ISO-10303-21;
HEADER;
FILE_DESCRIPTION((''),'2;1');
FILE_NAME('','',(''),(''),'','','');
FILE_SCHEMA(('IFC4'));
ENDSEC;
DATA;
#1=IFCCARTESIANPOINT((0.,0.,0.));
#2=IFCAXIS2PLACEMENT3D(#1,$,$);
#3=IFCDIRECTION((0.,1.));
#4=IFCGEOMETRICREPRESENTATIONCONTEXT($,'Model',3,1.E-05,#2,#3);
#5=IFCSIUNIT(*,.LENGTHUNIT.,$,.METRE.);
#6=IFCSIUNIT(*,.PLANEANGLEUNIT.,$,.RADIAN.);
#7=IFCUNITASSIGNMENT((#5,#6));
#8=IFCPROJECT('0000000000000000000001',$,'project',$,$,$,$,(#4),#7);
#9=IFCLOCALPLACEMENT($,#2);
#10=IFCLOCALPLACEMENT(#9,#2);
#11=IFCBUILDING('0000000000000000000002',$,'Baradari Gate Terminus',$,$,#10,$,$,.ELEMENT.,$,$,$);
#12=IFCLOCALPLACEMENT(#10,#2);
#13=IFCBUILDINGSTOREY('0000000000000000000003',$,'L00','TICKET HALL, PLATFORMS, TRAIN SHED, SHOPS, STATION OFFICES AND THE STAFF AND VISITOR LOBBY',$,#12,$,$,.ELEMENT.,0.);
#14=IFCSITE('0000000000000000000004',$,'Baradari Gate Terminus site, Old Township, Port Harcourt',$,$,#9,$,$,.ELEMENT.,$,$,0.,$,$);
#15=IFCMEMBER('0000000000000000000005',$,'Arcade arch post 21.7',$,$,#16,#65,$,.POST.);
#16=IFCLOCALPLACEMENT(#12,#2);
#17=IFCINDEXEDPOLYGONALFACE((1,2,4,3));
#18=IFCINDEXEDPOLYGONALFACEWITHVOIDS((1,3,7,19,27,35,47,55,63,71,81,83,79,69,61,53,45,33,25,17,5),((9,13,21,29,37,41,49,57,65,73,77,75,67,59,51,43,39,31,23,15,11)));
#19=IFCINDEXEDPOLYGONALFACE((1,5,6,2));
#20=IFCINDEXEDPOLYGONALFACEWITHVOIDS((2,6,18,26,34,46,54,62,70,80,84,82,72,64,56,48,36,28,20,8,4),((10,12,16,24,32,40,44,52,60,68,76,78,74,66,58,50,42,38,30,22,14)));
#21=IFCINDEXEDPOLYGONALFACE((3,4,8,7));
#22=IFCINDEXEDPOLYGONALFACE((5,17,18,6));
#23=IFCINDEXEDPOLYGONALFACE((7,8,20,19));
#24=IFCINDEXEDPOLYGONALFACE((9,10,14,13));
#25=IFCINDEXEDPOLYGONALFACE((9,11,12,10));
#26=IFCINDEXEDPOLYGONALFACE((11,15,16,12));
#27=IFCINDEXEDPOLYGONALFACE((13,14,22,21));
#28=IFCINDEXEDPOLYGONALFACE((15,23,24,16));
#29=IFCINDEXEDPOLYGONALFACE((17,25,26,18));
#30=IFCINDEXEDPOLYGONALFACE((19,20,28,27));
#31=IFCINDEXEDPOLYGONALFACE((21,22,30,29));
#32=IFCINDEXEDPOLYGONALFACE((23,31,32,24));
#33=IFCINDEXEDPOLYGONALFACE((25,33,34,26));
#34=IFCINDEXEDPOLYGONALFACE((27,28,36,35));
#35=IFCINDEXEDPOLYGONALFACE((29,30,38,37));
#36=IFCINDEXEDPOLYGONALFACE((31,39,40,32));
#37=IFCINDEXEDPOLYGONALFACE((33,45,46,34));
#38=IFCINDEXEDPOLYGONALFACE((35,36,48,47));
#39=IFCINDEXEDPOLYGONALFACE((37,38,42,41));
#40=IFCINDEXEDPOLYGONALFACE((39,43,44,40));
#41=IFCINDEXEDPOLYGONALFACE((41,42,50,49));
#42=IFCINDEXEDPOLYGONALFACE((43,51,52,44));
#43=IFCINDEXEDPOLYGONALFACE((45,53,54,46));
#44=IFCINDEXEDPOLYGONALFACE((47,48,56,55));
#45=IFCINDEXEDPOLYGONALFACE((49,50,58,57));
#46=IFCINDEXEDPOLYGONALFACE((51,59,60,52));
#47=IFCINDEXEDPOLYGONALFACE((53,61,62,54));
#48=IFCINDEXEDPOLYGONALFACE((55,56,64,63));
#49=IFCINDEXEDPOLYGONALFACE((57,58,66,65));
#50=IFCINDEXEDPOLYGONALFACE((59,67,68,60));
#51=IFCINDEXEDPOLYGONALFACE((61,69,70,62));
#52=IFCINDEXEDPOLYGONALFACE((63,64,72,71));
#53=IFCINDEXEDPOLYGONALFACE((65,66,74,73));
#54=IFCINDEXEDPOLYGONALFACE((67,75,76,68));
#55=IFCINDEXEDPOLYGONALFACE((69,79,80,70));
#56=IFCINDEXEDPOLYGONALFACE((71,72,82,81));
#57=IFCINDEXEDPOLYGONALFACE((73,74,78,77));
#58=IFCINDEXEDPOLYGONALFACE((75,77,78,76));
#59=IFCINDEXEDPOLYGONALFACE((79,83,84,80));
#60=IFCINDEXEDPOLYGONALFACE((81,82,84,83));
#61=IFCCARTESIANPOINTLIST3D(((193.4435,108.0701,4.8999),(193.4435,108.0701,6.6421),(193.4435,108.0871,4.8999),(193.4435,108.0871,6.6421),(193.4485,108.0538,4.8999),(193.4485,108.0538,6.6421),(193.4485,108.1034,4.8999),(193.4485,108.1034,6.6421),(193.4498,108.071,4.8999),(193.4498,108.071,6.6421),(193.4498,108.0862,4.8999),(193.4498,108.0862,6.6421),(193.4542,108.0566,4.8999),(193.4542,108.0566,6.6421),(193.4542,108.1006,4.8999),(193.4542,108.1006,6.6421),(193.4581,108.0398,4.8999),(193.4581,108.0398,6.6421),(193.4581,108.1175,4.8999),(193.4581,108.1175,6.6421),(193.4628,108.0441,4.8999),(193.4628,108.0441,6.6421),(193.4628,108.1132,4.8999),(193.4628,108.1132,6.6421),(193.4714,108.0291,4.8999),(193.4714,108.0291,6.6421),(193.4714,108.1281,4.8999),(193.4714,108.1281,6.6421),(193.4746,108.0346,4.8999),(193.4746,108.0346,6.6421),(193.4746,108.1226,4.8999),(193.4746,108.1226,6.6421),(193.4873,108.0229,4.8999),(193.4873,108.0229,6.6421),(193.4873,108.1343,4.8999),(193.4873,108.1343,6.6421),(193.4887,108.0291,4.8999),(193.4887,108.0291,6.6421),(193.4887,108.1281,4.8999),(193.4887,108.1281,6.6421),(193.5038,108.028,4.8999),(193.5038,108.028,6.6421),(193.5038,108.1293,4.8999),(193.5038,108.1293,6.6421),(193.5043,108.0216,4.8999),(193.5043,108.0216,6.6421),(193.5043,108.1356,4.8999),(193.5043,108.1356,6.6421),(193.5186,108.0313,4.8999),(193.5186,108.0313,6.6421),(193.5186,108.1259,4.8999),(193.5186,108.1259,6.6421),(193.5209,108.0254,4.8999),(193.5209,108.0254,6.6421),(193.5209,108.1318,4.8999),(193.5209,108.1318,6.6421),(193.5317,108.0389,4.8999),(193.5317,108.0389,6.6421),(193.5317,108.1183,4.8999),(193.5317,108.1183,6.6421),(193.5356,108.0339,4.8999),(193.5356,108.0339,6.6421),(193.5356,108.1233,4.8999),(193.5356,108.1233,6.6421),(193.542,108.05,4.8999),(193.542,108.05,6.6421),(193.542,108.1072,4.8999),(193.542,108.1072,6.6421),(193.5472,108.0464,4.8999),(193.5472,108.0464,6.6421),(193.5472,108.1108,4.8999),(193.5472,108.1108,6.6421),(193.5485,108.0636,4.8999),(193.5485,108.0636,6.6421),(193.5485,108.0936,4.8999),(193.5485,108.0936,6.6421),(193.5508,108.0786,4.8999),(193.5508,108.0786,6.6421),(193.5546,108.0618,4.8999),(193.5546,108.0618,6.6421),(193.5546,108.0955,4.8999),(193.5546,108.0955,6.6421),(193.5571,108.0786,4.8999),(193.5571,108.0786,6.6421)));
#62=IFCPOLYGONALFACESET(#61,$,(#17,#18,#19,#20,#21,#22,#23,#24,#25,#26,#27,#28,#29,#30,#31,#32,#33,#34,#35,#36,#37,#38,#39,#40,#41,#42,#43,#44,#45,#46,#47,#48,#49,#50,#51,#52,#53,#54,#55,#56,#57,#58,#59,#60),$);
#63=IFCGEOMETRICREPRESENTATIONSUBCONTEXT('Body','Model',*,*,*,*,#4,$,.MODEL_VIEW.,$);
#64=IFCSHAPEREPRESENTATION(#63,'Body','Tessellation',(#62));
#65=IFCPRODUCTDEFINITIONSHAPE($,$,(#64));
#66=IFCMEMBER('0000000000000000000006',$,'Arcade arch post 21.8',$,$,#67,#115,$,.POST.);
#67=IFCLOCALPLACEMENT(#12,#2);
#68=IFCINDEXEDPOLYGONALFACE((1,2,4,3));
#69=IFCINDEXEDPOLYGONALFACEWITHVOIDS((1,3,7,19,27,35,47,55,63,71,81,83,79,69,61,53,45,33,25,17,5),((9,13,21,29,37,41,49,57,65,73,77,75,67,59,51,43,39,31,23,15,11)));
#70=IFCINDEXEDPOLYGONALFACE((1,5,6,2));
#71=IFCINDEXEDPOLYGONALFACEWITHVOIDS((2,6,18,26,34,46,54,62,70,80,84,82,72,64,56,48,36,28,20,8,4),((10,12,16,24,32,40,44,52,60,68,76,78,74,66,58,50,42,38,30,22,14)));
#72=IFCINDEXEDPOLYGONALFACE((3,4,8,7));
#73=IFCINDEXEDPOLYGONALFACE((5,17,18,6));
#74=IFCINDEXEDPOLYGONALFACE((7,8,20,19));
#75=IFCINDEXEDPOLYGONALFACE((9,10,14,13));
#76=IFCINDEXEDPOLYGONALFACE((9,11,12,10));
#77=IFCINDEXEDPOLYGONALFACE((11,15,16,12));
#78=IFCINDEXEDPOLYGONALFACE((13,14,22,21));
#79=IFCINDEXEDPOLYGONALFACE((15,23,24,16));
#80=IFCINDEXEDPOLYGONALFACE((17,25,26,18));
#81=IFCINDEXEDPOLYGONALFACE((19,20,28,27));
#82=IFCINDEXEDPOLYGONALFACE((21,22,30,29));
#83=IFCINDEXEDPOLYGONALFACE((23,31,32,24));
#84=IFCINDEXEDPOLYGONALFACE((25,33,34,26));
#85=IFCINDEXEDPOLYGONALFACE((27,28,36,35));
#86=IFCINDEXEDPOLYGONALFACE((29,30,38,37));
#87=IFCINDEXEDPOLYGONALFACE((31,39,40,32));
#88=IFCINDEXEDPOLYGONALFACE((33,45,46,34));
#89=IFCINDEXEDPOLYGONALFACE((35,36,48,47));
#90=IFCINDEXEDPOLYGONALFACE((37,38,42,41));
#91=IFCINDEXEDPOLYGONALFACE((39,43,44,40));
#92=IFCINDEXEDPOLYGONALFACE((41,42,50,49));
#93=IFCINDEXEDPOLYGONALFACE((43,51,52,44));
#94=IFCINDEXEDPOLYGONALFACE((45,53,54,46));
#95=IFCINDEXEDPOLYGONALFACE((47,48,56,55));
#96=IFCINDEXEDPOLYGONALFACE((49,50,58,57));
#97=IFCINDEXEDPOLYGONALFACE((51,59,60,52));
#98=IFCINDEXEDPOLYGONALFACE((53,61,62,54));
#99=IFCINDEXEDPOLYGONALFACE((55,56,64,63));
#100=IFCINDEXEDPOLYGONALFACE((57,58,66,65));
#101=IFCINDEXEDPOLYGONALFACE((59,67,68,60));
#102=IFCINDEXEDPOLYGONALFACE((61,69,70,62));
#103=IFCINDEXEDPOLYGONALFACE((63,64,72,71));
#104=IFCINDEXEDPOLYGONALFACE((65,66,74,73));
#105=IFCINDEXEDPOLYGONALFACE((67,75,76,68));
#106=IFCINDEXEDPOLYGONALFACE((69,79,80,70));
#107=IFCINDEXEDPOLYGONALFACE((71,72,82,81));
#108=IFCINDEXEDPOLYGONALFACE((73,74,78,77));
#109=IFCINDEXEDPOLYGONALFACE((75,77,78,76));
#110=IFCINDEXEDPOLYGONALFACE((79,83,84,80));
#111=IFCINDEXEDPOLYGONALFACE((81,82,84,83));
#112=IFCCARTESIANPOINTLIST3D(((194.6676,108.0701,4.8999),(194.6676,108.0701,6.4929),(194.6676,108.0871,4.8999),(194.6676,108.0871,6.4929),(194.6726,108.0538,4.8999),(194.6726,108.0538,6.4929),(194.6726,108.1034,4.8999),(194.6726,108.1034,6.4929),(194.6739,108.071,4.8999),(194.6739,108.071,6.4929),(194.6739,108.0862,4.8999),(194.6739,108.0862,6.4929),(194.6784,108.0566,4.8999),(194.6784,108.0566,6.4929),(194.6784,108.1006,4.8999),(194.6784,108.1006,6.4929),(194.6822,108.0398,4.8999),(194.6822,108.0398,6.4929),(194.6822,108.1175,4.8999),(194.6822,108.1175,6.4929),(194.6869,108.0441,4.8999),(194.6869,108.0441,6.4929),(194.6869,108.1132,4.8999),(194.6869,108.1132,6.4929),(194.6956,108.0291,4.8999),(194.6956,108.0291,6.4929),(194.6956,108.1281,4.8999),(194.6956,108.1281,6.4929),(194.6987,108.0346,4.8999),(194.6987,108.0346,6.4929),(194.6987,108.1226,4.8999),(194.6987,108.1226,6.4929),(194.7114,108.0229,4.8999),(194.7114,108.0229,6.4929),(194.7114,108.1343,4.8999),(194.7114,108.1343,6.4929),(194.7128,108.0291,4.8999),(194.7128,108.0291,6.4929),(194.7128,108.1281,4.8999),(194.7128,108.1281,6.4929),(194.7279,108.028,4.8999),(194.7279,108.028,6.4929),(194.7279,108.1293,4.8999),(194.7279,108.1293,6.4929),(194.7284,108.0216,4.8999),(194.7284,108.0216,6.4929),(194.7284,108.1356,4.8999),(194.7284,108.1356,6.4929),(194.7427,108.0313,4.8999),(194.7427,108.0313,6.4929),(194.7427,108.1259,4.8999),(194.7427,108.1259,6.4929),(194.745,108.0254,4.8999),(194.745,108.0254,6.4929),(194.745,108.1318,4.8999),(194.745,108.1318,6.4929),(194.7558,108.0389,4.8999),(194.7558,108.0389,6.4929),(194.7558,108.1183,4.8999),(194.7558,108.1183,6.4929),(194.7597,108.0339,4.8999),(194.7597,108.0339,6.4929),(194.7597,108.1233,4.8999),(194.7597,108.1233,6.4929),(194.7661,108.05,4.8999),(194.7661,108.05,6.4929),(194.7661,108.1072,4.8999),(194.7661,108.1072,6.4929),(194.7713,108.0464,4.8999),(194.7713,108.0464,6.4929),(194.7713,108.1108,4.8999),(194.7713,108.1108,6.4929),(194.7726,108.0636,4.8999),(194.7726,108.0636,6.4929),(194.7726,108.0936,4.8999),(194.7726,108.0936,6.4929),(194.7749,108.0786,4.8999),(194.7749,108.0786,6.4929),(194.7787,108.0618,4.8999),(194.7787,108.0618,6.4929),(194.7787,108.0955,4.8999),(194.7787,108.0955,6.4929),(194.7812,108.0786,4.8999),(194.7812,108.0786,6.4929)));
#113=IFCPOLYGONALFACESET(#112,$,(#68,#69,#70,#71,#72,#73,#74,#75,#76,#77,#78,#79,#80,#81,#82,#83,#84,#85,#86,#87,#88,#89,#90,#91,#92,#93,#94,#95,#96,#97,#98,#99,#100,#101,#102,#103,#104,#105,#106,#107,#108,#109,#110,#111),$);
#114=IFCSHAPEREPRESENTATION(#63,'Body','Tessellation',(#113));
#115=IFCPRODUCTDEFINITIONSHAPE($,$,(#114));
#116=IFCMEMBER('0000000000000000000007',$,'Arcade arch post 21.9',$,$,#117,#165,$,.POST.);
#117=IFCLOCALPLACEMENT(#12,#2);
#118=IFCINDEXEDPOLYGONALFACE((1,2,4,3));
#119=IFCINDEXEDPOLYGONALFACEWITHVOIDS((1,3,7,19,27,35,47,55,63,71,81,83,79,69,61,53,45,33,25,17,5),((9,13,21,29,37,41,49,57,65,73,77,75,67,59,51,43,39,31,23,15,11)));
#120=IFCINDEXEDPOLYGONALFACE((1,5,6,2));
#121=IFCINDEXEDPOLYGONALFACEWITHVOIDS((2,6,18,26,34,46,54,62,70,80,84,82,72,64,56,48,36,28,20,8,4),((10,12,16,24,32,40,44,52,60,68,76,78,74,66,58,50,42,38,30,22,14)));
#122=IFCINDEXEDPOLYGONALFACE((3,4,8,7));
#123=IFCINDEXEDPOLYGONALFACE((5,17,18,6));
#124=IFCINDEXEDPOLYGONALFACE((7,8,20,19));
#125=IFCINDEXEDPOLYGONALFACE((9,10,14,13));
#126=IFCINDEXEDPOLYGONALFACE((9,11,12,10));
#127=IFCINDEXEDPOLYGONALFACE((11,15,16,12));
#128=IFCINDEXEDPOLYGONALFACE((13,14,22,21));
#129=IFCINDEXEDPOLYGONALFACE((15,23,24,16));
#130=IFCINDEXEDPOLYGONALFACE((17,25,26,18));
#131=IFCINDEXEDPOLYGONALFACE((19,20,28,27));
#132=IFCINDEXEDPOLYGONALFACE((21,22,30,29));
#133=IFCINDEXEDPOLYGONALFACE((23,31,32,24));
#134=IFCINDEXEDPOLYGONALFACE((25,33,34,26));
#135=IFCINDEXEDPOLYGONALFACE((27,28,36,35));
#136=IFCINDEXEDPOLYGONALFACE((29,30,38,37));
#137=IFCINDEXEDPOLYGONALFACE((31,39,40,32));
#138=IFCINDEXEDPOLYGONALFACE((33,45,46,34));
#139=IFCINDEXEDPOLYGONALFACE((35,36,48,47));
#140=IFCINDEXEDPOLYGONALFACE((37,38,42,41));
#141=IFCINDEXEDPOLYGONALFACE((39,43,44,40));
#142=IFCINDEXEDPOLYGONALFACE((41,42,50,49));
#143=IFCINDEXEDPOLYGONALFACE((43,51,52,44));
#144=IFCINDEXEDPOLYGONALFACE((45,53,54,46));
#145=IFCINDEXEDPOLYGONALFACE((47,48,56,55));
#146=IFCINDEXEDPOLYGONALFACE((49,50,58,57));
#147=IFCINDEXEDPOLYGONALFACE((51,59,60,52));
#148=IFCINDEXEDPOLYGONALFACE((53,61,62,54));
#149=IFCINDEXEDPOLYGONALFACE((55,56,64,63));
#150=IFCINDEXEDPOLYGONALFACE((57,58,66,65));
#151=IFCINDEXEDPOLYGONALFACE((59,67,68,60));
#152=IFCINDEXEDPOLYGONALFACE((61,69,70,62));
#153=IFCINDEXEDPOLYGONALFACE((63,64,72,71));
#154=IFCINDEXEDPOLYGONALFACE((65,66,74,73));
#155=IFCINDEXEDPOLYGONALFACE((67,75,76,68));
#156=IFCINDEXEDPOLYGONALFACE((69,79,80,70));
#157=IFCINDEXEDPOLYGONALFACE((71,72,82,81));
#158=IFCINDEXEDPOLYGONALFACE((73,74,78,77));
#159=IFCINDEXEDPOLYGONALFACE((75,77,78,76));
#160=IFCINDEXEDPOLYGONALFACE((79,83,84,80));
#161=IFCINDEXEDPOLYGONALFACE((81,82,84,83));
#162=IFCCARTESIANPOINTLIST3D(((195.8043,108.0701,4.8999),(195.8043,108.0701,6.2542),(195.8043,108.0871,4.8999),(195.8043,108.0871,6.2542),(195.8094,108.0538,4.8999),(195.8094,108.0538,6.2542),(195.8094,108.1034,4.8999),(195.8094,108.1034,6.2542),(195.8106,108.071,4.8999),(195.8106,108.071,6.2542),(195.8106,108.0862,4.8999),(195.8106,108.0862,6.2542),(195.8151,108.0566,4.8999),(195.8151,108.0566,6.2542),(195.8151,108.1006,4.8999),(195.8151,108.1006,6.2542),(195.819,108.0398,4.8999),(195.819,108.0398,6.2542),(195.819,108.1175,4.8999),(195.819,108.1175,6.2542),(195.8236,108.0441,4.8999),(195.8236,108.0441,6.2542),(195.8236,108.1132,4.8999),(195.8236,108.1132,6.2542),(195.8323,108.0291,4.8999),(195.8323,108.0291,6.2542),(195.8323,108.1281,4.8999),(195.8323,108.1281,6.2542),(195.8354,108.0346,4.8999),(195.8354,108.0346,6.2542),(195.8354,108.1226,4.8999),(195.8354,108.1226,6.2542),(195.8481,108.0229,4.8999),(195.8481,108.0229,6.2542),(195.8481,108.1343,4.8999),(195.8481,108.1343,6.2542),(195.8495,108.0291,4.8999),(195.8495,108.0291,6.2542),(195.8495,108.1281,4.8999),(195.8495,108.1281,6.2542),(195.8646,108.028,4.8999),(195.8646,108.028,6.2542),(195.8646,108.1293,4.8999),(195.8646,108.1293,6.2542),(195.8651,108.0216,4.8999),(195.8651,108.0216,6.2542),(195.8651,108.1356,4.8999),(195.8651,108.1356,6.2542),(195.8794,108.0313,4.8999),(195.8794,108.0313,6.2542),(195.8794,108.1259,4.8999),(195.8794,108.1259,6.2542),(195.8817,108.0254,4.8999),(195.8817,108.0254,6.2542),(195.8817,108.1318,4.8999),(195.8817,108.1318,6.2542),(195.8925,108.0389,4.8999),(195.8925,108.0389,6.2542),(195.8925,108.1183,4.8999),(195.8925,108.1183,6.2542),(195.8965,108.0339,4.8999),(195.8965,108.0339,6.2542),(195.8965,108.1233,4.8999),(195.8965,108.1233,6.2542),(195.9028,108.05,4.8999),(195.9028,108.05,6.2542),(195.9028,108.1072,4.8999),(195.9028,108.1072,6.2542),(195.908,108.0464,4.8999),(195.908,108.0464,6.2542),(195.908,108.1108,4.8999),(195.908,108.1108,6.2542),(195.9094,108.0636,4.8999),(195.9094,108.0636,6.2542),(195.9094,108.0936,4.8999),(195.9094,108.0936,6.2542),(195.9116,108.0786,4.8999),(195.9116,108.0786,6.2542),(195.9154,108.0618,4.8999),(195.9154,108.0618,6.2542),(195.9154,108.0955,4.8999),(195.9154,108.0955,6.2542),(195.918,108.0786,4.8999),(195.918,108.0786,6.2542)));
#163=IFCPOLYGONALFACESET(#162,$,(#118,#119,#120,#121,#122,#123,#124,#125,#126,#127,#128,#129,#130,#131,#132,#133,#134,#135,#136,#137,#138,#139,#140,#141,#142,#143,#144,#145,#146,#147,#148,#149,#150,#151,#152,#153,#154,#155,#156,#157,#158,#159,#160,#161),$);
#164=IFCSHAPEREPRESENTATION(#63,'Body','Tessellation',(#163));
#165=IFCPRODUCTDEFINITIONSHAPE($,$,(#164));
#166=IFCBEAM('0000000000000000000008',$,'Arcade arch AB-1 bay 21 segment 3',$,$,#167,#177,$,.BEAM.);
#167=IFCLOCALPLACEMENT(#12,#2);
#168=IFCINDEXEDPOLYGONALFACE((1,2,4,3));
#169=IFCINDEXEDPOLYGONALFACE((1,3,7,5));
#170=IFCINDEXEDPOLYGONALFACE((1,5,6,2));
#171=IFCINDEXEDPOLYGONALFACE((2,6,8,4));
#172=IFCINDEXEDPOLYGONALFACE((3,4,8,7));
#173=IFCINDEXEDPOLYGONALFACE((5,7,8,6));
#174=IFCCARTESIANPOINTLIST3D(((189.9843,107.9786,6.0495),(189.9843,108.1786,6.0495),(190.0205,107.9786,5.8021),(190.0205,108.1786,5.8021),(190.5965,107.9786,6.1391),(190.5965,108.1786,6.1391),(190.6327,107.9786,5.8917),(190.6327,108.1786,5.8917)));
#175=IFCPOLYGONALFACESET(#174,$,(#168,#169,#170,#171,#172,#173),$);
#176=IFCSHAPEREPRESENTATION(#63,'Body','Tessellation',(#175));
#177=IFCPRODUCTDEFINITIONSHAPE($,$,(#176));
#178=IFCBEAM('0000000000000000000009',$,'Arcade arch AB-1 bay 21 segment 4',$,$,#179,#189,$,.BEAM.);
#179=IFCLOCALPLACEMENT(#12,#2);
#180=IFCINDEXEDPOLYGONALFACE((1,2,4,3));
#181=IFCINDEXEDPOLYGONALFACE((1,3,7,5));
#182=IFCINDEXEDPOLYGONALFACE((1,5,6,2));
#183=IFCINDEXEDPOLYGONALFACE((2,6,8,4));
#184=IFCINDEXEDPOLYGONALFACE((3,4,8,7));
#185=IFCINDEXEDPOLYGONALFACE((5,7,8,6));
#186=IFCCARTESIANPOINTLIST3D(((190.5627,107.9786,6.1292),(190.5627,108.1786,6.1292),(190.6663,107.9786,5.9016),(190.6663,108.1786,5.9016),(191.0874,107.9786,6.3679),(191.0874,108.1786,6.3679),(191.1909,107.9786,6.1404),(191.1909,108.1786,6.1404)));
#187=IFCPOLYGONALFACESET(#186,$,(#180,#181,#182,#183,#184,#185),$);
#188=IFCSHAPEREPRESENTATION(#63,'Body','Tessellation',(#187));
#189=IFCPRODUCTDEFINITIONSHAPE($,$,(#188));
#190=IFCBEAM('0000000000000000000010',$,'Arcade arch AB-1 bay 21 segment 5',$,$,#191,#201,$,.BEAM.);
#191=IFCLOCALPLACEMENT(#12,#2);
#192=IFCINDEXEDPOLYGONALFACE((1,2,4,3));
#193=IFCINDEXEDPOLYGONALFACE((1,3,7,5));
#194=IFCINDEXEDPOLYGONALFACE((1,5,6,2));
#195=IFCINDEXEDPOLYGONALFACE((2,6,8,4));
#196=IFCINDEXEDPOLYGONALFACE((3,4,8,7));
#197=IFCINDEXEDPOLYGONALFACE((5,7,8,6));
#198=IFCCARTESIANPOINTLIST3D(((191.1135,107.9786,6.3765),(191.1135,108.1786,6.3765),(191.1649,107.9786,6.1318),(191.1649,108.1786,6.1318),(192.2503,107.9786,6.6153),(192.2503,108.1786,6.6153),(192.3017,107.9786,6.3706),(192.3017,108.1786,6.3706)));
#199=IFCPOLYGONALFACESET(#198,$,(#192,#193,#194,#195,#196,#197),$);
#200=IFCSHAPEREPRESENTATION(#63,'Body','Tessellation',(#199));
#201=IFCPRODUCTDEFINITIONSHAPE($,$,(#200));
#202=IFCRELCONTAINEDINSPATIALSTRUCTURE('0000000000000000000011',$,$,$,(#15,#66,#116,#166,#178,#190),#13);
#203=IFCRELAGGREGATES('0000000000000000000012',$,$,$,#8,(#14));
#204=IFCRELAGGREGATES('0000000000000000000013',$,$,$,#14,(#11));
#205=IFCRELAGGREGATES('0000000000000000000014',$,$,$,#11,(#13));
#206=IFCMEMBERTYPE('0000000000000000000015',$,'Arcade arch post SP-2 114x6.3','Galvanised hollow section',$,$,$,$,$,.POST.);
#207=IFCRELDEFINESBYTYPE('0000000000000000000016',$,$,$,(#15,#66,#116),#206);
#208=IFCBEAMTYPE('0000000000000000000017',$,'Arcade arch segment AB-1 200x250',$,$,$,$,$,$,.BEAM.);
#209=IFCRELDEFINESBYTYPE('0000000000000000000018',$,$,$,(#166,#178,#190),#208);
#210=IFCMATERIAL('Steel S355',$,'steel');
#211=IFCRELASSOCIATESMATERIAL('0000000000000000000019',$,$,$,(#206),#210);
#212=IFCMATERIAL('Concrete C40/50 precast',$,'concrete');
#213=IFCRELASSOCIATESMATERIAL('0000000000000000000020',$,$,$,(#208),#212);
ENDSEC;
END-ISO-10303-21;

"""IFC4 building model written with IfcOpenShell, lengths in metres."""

from ifc_helpers import new_model, si_unit, direction, frame, origin, origin_2d, place, context, subcontext, project, spatial, rectangle, hollow_circle, extrude, material, material_profile, profile_set, type_object, element, save


model = new_model("IFC4")

# Units and contexts
model_context = context("Model", 3, precision=1e-05, world=origin(), true_north=direction((0.0, 1.0)))
body_context = subcontext(model_context, "Body", "Model", "MODEL_VIEW")
ifc_project = project(units=[si_unit("LENGTHUNIT", "METRE"), si_unit("PLANEANGLEUNIT", "RADIAN")], contexts=[model_context])

# Site, building, storey
site_placement = place(None, origin())
site = spatial("IfcSite", under=ifc_project, at=site_placement, Name="Baradari Gate Terminus site, Old Township, Port Harcourt", CompositionType="ELEMENT", RefElevation=0.0)
building_placement = place(site_placement, origin())
building = spatial("IfcBuilding", under=site, at=building_placement, Name="Baradari Gate Terminus", CompositionType="ELEMENT")
storey_placement = place(building_placement, origin())
storey = spatial("IfcBuildingStorey", under=building, at=storey_placement, Name="L00", Description="TICKET HALL, PLATFORMS, TRAIN SHED, SHOPS, STATION OFFICES AND THE STAFF AND VISITOR LOBBY", CompositionType="ELEMENT", Elevation=0.0)

# Members
ifc_material_1 = material(Name="Steel S355", Category="steel")
ifc_material_profile_1 = material_profile(ifc_material_1, hollow_circle(Radius=0.0571, WallThickness=0.0063, at=origin_2d()), Name="CHS 114.3x6.3")
ifc_profile_set_1 = profile_set([ifc_material_profile_1], Name="Steel S355")
member_type_1 = type_object("IfcMemberType", Name="Arcade arch post SP-2 114x6.3", Description="Galvanised hollow section", PredefinedType="POST", material=ifc_profile_set_1)
member_1_placement = place(storey_placement, frame((193.5, 108.0786, 4.8999), z_axis=(0.0, 0.0, 1.0), x_axis=(1.0, 0.0, 0.0)))
element("IfcMember", 1, at=member_1_placement, inside=storey, type_object=member_type_1, Name="Arcade arch post 21.7", PredefinedType="POST", context=body_context, shape_type="SweptSolid", body=[
    extrude(hollow_circle(Radius=0.0571, WallThickness=0.0063, at=origin_2d()), origin(), (0.0, 0.0, 1.0), 1.7422),
])
member_2_placement = place(storey_placement, frame((194.7241, 108.0786, 4.8999), z_axis=(0.0, 0.0, 1.0), x_axis=(1.0, 0.0, 0.0)))
element("IfcMember", 2, at=member_2_placement, inside=storey, type_object=member_type_1, Name="Arcade arch post 21.8", PredefinedType="POST", context=body_context, shape_type="SweptSolid", body=[
    extrude(hollow_circle(Radius=0.0571, WallThickness=0.0063, at=origin_2d()), origin(), (0.0, 0.0, 1.0), 1.593),
])
member_3_placement = place(storey_placement, frame((195.8608, 108.0786, 4.8999), z_axis=(0.0, 0.0, 1.0), x_axis=(1.0, 0.0, 0.0)))
element("IfcMember", 3, at=member_3_placement, inside=storey, type_object=member_type_1, Name="Arcade arch post 21.9", PredefinedType="POST", context=body_context, shape_type="SweptSolid", body=[
    extrude(hollow_circle(Radius=0.0571, WallThickness=0.0063, at=origin_2d()), origin(), (0.0, 0.0, 1.0), 1.3542),
])

# Beams
ifc_material_2 = material(Name="Concrete C40/50 precast", Category="concrete")
ifc_material_profile_2 = material_profile(ifc_material_2, rectangle(XDim=0.2, YDim=0.25, at=origin_2d()), Name="AB-1 200X250")
ifc_profile_set_2 = profile_set([ifc_material_profile_2], Name="Concrete C40/50 precast")
beam_type = type_object("IfcBeamType", Name="Arcade arch segment AB-1 200x250", PredefinedType="BEAM", material=ifc_profile_set_2)
beam_1_placement = place(storey_placement, frame((190.0024, 108.0786, 5.9258), z_axis=(0.989454, 0.0, 0.144846), x_axis=(0.0, 1.0, 0.0)))
element("IfcBeam", 4, at=beam_1_placement, inside=storey, type_object=beam_type, Name="Arcade arch AB-1 bay 21 segment 3", PredefinedType="BEAM", context=body_context, shape_type="SweptSolid", body=[
    extrude(rectangle(XDim=0.2, YDim=0.25, at=origin_2d()), origin(), (0.0, 0.0, 1.0), 0.6187),
])
beam_2_placement = place(storey_placement, frame((190.6145, 108.0786, 6.0154), z_axis=(0.910178, 0.0, 0.414218), x_axis=(0.0, 1.0, 0.0)))
element("IfcBeam", 5, at=beam_2_placement, inside=storey, type_object=beam_type, Name="Arcade arch AB-1 bay 21 segment 4", PredefinedType="BEAM", context=body_context, shape_type="SweptSolid", body=[
    extrude(rectangle(XDim=0.2, YDim=0.25, at=origin_2d()), origin(), (0.0, 0.0, 1.0), 0.5764),
])
beam_3_placement = place(storey_placement, frame((191.1392, 108.0786, 6.2542), z_axis=(0.978643, 0.0, 0.205566), x_axis=(0.0, 1.0, 0.0)))
element("IfcBeam", 6, at=beam_3_placement, inside=storey, type_object=beam_type, Name="Arcade arch AB-1 bay 21 segment 5", PredefinedType="BEAM", context=body_context, shape_type="SweptSolid", body=[
    extrude(rectangle(XDim=0.2, YDim=0.25, at=origin_2d()), origin(), (0.0, 0.0, 1.0), 1.1616),
])

save(model, "model.ifc")
